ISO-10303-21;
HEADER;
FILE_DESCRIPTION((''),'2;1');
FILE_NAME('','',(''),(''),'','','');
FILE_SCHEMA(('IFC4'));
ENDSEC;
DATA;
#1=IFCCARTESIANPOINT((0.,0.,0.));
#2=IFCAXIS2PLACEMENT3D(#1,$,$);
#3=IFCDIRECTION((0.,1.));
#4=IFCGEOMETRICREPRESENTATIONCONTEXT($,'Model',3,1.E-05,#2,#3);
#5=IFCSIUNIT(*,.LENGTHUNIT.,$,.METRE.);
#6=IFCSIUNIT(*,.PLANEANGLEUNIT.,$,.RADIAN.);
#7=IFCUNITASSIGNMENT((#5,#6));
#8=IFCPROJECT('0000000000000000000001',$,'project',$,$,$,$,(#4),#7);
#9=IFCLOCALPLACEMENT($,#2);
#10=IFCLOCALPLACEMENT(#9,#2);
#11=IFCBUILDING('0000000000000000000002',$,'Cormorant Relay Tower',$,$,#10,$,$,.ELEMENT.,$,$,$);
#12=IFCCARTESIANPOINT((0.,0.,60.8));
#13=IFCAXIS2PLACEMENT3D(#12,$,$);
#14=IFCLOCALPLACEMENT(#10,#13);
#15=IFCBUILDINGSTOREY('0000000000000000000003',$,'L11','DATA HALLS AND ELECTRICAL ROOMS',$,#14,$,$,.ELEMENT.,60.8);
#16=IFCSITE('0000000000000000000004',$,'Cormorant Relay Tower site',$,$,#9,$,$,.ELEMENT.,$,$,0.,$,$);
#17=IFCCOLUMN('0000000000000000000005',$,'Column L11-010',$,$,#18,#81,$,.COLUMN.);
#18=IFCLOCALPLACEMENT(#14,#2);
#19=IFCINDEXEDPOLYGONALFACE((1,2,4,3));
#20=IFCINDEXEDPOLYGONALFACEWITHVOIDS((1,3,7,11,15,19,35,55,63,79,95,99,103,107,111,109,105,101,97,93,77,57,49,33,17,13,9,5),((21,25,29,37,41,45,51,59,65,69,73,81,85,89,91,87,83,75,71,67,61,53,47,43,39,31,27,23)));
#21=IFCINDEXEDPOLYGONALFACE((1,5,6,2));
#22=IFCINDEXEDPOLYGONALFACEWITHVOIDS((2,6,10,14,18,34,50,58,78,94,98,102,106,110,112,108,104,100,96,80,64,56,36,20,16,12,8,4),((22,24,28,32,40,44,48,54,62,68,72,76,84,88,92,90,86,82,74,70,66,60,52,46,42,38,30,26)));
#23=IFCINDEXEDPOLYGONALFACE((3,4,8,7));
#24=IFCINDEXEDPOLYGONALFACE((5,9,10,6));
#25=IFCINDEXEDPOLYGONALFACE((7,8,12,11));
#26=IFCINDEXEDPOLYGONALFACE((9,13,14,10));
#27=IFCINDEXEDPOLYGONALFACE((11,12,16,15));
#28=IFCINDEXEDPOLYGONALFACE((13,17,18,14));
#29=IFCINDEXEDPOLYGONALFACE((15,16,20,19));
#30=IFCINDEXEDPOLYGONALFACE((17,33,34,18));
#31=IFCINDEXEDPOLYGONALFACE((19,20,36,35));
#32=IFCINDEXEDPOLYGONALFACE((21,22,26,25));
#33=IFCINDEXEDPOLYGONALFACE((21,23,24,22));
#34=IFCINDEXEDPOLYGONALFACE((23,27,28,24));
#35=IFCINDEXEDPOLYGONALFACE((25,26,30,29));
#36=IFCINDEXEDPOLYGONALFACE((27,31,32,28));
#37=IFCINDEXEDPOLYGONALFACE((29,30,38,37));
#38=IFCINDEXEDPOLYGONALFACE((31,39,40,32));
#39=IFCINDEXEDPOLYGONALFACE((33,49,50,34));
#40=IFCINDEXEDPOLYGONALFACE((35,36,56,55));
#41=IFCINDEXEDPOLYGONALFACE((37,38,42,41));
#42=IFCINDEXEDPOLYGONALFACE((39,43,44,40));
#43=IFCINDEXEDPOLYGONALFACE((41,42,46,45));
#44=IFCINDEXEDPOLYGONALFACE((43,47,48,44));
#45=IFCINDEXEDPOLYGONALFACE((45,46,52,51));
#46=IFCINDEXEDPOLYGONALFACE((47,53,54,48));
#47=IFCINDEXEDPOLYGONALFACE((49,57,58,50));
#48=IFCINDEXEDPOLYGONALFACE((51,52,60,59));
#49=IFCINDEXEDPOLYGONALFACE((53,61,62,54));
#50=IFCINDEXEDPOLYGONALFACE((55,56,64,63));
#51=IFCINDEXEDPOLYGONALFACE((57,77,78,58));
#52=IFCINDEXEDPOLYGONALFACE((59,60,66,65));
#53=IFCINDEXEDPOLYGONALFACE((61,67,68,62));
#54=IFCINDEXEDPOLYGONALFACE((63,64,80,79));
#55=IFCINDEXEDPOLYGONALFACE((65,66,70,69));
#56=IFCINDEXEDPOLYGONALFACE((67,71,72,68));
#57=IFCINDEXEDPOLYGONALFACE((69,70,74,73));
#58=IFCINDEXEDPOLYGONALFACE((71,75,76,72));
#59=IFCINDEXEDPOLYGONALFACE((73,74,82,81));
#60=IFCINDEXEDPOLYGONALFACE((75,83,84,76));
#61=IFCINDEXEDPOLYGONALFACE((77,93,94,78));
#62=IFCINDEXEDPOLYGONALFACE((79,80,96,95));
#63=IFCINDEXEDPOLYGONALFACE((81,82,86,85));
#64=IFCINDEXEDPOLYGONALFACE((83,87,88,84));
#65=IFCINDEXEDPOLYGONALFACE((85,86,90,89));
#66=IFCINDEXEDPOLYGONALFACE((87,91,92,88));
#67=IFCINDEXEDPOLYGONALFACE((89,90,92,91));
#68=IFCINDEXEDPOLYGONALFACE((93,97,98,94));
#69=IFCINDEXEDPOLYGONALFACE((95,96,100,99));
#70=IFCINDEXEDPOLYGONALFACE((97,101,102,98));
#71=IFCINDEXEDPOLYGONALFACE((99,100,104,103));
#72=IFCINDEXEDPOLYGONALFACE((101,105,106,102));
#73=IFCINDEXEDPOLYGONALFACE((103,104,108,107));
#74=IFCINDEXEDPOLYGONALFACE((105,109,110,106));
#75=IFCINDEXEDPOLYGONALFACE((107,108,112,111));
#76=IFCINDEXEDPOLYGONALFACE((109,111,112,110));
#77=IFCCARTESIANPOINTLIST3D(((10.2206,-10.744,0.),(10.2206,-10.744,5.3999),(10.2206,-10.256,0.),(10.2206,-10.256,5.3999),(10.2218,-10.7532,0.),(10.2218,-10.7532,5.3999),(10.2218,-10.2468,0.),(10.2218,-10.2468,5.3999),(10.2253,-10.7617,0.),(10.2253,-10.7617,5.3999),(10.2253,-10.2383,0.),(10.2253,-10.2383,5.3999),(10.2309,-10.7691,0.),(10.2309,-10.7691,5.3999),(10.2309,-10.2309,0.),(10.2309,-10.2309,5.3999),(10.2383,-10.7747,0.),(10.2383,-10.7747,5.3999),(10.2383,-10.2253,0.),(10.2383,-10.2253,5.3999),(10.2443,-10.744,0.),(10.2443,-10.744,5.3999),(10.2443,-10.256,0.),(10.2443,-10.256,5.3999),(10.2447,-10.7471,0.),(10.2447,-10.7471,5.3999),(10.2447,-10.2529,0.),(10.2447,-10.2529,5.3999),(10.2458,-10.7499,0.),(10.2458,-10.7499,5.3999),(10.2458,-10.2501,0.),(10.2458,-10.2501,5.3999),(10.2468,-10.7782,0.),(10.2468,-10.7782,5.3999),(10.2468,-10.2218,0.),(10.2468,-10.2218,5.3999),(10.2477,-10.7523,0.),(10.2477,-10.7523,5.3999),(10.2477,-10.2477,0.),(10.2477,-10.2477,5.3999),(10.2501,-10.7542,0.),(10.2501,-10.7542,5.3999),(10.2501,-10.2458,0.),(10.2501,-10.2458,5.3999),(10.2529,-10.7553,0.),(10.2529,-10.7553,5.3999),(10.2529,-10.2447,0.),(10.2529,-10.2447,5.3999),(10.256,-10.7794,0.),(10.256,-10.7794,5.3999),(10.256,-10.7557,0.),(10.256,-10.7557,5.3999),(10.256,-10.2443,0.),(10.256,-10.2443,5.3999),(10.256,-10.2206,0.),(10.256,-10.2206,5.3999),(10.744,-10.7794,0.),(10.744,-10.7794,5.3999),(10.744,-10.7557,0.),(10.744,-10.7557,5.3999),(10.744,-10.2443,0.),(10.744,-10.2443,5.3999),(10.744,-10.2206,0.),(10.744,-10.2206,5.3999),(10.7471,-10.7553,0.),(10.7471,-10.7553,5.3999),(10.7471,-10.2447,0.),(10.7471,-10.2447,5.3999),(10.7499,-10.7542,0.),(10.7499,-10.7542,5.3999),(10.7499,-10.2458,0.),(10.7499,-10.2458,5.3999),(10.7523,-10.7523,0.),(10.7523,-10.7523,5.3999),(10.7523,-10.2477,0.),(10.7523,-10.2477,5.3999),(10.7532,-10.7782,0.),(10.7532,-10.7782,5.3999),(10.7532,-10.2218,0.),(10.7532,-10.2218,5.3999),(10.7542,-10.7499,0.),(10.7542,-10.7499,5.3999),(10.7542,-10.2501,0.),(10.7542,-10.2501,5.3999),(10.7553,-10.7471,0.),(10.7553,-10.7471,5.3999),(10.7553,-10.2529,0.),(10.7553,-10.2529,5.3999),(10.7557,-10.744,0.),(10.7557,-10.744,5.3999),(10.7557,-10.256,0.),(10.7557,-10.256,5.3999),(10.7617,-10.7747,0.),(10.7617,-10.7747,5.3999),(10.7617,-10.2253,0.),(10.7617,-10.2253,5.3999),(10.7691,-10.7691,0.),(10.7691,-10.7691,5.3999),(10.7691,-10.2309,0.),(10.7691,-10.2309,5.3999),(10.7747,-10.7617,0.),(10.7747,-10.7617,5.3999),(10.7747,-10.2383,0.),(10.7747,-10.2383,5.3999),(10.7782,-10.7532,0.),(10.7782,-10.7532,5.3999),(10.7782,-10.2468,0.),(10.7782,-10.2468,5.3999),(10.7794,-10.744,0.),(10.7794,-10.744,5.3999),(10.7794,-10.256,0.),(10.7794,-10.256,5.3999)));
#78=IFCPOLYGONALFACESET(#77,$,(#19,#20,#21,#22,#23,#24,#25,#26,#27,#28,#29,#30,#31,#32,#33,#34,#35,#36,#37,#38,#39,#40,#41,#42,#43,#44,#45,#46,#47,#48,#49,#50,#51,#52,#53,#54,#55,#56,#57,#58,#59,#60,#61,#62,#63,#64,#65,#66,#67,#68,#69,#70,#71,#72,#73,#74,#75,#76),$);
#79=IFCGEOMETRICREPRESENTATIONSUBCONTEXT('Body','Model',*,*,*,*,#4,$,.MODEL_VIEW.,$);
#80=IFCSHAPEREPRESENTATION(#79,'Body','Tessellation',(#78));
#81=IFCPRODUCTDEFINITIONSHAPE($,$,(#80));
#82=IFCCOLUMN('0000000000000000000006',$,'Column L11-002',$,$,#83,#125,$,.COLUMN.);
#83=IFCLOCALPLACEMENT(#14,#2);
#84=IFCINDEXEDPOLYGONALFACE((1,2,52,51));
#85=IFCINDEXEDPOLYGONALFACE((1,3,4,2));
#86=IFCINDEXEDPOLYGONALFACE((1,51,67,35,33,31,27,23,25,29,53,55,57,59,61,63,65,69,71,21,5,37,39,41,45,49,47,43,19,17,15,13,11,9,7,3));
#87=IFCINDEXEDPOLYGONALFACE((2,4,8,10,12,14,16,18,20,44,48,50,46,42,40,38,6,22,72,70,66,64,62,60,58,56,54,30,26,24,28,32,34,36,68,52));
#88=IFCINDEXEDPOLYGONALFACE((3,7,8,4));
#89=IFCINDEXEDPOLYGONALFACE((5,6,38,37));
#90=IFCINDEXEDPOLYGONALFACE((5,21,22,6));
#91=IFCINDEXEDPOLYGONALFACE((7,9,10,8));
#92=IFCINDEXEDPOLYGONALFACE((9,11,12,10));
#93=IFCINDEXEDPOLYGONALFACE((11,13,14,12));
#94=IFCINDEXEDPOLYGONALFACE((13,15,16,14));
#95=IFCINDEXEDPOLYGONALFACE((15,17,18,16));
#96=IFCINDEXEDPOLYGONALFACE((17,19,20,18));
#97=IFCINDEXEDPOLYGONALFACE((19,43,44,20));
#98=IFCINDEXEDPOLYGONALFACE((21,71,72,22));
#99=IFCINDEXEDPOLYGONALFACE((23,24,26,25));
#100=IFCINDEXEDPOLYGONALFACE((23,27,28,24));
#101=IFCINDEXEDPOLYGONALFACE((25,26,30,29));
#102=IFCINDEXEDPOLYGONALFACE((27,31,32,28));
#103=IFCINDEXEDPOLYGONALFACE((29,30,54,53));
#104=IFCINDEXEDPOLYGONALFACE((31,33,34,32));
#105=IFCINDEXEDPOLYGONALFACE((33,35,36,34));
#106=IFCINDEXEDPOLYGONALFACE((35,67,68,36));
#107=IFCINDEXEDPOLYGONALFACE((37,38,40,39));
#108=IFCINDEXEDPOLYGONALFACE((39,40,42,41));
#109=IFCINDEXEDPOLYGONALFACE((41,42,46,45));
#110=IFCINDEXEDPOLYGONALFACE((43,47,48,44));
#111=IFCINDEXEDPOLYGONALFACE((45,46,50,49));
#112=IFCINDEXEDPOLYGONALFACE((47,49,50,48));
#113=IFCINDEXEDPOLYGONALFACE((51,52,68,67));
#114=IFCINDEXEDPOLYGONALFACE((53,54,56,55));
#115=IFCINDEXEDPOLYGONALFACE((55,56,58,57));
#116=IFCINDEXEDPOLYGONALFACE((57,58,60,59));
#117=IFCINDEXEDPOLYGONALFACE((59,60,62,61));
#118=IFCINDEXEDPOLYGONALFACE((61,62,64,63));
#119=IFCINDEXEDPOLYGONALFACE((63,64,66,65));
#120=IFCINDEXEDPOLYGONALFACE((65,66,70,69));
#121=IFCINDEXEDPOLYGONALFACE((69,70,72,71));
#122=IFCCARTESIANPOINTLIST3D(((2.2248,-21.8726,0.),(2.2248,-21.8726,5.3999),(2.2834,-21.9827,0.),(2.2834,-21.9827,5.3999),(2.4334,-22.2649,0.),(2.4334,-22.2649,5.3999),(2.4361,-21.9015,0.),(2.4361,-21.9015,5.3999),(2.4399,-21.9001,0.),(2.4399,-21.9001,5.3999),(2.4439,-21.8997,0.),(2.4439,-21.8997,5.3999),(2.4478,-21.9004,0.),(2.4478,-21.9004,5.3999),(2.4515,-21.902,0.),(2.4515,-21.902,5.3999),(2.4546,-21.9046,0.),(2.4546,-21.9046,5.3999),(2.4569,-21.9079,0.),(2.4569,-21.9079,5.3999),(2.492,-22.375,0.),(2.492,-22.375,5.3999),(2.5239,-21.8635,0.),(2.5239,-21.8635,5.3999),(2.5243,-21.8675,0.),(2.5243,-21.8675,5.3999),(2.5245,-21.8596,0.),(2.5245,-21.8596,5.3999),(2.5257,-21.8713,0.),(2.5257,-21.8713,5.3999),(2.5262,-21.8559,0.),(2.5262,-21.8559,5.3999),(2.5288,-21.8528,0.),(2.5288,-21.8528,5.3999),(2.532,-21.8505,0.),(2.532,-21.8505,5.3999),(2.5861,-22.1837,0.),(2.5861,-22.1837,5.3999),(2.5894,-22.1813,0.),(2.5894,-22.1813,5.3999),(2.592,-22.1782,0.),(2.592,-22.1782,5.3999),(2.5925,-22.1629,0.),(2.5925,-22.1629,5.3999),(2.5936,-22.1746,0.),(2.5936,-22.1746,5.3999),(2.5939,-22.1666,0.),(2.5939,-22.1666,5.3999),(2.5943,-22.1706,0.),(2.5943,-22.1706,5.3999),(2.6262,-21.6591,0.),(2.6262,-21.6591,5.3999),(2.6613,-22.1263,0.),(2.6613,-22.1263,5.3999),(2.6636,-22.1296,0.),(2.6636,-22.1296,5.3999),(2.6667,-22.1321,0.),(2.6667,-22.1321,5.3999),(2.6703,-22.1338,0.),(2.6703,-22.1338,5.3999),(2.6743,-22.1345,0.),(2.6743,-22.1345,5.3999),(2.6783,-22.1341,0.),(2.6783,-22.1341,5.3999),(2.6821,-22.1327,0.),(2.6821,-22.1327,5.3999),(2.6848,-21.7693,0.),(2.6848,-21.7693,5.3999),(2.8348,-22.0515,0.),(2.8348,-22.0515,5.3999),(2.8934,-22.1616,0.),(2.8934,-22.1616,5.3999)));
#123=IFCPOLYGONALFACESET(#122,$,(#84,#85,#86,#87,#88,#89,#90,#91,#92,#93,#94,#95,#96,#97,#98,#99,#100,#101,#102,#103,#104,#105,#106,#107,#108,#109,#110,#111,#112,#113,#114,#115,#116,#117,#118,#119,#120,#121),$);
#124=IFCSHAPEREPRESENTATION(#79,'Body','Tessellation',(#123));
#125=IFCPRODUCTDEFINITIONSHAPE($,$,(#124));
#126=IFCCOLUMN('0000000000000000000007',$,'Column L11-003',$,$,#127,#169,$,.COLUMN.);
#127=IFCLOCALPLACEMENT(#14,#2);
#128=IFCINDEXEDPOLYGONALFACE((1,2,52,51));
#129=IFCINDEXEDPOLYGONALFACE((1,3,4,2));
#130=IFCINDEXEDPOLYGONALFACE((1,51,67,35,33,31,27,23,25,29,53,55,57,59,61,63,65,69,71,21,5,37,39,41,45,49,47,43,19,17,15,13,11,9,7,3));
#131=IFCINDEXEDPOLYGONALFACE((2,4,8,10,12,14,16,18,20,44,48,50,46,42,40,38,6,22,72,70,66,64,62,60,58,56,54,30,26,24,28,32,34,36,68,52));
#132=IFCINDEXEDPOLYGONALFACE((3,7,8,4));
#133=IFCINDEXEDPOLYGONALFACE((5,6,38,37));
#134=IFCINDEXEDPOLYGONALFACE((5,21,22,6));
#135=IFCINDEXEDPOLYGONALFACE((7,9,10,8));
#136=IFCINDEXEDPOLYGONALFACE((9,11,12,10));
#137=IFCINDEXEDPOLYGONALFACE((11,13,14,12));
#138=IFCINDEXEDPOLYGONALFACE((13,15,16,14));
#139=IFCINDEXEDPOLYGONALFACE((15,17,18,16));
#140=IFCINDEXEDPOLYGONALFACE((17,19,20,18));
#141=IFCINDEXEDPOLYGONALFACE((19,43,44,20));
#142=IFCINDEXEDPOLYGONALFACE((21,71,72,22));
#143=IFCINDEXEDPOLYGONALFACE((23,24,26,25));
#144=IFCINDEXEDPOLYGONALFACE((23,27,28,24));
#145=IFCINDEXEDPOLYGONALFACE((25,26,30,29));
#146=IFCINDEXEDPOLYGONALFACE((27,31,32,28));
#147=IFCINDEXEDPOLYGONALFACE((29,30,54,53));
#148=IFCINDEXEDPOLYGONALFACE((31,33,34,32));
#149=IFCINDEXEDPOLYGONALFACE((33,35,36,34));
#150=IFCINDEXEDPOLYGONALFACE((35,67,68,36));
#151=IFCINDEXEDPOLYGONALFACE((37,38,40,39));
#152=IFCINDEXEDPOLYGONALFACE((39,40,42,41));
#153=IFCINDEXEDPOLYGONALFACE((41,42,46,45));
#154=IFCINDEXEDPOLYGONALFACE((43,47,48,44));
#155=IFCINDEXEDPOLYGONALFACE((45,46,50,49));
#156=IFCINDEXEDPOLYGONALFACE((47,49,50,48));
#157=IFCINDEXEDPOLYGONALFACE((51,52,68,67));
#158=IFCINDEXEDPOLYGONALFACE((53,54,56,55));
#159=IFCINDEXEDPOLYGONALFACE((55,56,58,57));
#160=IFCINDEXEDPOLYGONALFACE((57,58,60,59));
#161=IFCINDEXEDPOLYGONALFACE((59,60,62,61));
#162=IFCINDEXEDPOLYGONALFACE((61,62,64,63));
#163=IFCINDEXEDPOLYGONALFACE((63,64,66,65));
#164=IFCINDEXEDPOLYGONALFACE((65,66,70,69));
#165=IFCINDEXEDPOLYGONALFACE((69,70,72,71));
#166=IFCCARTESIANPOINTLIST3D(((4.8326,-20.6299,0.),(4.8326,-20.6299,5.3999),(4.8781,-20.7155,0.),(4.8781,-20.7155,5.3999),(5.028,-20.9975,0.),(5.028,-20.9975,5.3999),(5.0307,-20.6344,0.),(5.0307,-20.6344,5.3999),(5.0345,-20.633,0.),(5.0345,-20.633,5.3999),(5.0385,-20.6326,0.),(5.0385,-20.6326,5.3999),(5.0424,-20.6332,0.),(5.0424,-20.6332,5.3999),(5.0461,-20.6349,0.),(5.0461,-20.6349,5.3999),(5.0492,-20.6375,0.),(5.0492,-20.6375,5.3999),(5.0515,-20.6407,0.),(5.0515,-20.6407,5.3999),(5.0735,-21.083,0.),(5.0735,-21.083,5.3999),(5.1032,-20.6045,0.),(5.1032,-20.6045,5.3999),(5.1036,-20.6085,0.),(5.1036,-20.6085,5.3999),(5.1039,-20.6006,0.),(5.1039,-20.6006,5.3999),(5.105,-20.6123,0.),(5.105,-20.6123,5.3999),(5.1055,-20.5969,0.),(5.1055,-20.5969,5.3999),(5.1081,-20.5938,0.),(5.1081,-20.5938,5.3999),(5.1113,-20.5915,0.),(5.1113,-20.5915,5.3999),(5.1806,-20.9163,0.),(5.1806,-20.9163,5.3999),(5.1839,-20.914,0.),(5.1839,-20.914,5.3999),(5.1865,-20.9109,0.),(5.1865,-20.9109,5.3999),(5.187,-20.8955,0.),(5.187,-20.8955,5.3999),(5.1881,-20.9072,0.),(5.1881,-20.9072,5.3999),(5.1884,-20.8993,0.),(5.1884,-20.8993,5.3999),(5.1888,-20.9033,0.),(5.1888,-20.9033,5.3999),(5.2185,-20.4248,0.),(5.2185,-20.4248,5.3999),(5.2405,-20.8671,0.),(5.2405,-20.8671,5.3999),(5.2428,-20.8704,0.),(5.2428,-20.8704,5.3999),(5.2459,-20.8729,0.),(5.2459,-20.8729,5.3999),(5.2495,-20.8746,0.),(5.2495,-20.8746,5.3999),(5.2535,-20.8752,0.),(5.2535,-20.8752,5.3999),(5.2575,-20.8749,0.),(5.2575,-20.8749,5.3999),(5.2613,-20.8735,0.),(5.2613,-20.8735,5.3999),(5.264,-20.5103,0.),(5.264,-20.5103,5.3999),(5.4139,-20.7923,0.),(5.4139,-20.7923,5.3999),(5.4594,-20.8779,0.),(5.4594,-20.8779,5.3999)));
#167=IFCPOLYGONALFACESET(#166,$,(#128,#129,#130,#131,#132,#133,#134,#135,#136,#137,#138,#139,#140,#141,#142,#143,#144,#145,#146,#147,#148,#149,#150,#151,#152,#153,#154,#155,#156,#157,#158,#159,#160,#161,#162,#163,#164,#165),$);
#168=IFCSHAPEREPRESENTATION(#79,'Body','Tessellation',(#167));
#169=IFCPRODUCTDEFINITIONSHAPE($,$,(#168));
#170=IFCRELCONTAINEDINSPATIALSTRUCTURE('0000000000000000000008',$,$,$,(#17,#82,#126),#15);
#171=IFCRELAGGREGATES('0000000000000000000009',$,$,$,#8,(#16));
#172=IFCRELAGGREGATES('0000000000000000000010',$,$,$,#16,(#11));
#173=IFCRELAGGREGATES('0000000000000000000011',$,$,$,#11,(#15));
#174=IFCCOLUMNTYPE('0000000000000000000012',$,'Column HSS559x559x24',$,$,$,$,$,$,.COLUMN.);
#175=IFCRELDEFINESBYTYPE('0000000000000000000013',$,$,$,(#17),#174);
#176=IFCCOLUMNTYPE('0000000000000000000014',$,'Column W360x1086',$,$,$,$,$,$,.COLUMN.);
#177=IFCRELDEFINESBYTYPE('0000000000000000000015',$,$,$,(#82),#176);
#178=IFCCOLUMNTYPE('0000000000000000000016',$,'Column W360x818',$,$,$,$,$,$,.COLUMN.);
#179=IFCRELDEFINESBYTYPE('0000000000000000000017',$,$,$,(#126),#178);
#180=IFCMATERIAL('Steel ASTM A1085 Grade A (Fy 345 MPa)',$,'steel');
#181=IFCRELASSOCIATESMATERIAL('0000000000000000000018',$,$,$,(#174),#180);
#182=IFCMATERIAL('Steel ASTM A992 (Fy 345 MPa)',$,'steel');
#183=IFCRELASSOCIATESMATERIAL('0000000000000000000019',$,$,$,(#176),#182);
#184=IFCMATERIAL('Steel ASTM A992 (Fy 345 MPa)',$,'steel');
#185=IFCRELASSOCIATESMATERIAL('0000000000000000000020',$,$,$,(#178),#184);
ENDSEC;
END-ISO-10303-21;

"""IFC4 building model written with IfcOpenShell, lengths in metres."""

from ifc_helpers import new_model, si_unit, direction, frame, origin, origin_2d, place, context, subcontext, project, spatial, hollow_rectangle, i_section, extrude, material, material_profile, profile_set, type_object, element, save


model = new_model("IFC4")

# Units and contexts
model_context = context("Model", 3, precision=1e-05, world=origin(), true_north=direction((0.0, 1.0)))
body_context = subcontext(model_context, "Body", "Model", "MODEL_VIEW")
ifc_project = project(units=[si_unit("LENGTHUNIT", "METRE"), si_unit("PLANEANGLEUNIT", "RADIAN")], contexts=[model_context])

# Site, building, storey
site_placement = place(None, origin())
site = spatial("IfcSite", under=ifc_project, at=site_placement, Name="Cormorant Relay Tower site", CompositionType="ELEMENT", RefElevation=0.0)
building_placement = place(site_placement, origin())
building = spatial("IfcBuilding", under=site, at=building_placement, Name="Cormorant Relay Tower", CompositionType="ELEMENT")
storey_placement = place(building_placement, frame((0.0, 0.0, 60.8)))
storey = spatial("IfcBuildingStorey", under=building, at=storey_placement, Name="L11", Description="DATA HALLS AND ELECTRICAL ROOMS", CompositionType="ELEMENT", Elevation=60.8)

# Columns
ifc_material_1 = material(Name="Steel ASTM A1085 Grade A (Fy 345 MPa)", Category="steel")
ifc_material_profile_1 = material_profile(ifc_material_1, hollow_rectangle(XDim=0.5588, YDim=0.5588, WallThickness=0.0237, InnerFilletRadius=0.0117, OuterFilletRadius=0.0354, at=origin_2d()), Name="HSS559x559x24")
ifc_profile_set_1 = profile_set([ifc_material_profile_1], Name="Steel ASTM A1085 Grade A (Fy 345 MPa)")
column_type_1 = type_object("IfcColumnType", Name="Column HSS559x559x24", PredefinedType="COLUMN", material=ifc_profile_set_1)
column_1_placement = place(storey_placement, frame((10.5, -10.5, 0.0), z_axis=(0.0, 0.0, 1.0), x_axis=(1.0, 0.0, 0.0)))
element("IfcColumn", 1, at=column_1_placement, inside=storey, type_object=column_type_1, Name="Column L11-010", PredefinedType="COLUMN", context=body_context, shape_type="SweptSolid", body=[
    extrude(hollow_rectangle(XDim=0.5588, YDim=0.5588, WallThickness=0.0237, InnerFilletRadius=0.0117, OuterFilletRadius=0.0354, at=origin_2d()), origin(), (0.0, 0.0, 1.0), 5.3999),
])
ifc_material_2 = material(Name="Steel ASTM A992 (Fy 345 MPa)", Category="steel")
ifc_material_profile_2 = material_profile(ifc_material_2, i_section(OverallWidth=0.4546, OverallDepth=0.5691, WebThickness=0.0779, FlangeThickness=0.1248, FilletRadius=0.0154, at=origin_2d()), Name="W360x1086")
ifc_profile_set_2 = profile_set([ifc_material_profile_2], Name="Steel ASTM A992 (Fy 345 MPa)")
column_type_2 = type_object("IfcColumnType", Name="Column W360x1086", PredefinedType="COLUMN", material=ifc_profile_set_2)
column_2_placement = place(storey_placement, frame((2.5591, -22.0171, 0.0), z_axis=(0.0, 0.0, 1.0), x_axis=(0.882948, 0.469472, 0.0)))
element("IfcColumn", 2, at=column_2_placement, inside=storey, type_object=column_type_2, Name="Column L11-002", PredefinedType="COLUMN", context=body_context, shape_type="SweptSolid", body=[
    extrude(i_section(OverallWidth=0.4546, OverallDepth=0.5691, WebThickness=0.0779, FlangeThickness=0.1248, FilletRadius=0.0154, at=origin_2d()), origin(), (0.0, 0.0, 1.0), 5.3999),
])
ifc_material_3 = material(Name="Steel ASTM A992 (Fy 345 MPa)", Category="steel")
ifc_material_profile_3 = material_profile(ifc_material_3, i_section(OverallWidth=0.437, OverallDepth=0.5132, WebThickness=0.0605, FlangeThickness=0.0969, FilletRadius=0.0154, at=origin_2d()), Name="W360x818")
ifc_profile_set_3 = profile_set([ifc_material_profile_3], Name="Steel ASTM A992 (Fy 345 MPa)")
column_type_3 = type_object("IfcColumnType", Name="Column W360x818", PredefinedType="COLUMN", material=ifc_profile_set_3)
for number, where, z_axis, x_axis, name in (
    (3, (5.146, -20.7539, 0.0), (0.0, 0.0, 1.0), (0.882948, 0.469472, 0.0), "Column L11-003"),
):
    element("IfcColumn", number, at=place(storey_placement, frame(where, z_axis=z_axis, x_axis=x_axis)), inside=storey, type_object=column_type_3, Name=name, PredefinedType="COLUMN", context=body_context, shape_type="SweptSolid", body=[
        extrude(i_section(OverallWidth=0.437, OverallDepth=0.5132, WebThickness=0.0605, FlangeThickness=0.0969, FilletRadius=0.0154, at=origin_2d()), origin(), (0.0, 0.0, 1.0), 5.3999),
    ])

save(model, "model.ifc")
